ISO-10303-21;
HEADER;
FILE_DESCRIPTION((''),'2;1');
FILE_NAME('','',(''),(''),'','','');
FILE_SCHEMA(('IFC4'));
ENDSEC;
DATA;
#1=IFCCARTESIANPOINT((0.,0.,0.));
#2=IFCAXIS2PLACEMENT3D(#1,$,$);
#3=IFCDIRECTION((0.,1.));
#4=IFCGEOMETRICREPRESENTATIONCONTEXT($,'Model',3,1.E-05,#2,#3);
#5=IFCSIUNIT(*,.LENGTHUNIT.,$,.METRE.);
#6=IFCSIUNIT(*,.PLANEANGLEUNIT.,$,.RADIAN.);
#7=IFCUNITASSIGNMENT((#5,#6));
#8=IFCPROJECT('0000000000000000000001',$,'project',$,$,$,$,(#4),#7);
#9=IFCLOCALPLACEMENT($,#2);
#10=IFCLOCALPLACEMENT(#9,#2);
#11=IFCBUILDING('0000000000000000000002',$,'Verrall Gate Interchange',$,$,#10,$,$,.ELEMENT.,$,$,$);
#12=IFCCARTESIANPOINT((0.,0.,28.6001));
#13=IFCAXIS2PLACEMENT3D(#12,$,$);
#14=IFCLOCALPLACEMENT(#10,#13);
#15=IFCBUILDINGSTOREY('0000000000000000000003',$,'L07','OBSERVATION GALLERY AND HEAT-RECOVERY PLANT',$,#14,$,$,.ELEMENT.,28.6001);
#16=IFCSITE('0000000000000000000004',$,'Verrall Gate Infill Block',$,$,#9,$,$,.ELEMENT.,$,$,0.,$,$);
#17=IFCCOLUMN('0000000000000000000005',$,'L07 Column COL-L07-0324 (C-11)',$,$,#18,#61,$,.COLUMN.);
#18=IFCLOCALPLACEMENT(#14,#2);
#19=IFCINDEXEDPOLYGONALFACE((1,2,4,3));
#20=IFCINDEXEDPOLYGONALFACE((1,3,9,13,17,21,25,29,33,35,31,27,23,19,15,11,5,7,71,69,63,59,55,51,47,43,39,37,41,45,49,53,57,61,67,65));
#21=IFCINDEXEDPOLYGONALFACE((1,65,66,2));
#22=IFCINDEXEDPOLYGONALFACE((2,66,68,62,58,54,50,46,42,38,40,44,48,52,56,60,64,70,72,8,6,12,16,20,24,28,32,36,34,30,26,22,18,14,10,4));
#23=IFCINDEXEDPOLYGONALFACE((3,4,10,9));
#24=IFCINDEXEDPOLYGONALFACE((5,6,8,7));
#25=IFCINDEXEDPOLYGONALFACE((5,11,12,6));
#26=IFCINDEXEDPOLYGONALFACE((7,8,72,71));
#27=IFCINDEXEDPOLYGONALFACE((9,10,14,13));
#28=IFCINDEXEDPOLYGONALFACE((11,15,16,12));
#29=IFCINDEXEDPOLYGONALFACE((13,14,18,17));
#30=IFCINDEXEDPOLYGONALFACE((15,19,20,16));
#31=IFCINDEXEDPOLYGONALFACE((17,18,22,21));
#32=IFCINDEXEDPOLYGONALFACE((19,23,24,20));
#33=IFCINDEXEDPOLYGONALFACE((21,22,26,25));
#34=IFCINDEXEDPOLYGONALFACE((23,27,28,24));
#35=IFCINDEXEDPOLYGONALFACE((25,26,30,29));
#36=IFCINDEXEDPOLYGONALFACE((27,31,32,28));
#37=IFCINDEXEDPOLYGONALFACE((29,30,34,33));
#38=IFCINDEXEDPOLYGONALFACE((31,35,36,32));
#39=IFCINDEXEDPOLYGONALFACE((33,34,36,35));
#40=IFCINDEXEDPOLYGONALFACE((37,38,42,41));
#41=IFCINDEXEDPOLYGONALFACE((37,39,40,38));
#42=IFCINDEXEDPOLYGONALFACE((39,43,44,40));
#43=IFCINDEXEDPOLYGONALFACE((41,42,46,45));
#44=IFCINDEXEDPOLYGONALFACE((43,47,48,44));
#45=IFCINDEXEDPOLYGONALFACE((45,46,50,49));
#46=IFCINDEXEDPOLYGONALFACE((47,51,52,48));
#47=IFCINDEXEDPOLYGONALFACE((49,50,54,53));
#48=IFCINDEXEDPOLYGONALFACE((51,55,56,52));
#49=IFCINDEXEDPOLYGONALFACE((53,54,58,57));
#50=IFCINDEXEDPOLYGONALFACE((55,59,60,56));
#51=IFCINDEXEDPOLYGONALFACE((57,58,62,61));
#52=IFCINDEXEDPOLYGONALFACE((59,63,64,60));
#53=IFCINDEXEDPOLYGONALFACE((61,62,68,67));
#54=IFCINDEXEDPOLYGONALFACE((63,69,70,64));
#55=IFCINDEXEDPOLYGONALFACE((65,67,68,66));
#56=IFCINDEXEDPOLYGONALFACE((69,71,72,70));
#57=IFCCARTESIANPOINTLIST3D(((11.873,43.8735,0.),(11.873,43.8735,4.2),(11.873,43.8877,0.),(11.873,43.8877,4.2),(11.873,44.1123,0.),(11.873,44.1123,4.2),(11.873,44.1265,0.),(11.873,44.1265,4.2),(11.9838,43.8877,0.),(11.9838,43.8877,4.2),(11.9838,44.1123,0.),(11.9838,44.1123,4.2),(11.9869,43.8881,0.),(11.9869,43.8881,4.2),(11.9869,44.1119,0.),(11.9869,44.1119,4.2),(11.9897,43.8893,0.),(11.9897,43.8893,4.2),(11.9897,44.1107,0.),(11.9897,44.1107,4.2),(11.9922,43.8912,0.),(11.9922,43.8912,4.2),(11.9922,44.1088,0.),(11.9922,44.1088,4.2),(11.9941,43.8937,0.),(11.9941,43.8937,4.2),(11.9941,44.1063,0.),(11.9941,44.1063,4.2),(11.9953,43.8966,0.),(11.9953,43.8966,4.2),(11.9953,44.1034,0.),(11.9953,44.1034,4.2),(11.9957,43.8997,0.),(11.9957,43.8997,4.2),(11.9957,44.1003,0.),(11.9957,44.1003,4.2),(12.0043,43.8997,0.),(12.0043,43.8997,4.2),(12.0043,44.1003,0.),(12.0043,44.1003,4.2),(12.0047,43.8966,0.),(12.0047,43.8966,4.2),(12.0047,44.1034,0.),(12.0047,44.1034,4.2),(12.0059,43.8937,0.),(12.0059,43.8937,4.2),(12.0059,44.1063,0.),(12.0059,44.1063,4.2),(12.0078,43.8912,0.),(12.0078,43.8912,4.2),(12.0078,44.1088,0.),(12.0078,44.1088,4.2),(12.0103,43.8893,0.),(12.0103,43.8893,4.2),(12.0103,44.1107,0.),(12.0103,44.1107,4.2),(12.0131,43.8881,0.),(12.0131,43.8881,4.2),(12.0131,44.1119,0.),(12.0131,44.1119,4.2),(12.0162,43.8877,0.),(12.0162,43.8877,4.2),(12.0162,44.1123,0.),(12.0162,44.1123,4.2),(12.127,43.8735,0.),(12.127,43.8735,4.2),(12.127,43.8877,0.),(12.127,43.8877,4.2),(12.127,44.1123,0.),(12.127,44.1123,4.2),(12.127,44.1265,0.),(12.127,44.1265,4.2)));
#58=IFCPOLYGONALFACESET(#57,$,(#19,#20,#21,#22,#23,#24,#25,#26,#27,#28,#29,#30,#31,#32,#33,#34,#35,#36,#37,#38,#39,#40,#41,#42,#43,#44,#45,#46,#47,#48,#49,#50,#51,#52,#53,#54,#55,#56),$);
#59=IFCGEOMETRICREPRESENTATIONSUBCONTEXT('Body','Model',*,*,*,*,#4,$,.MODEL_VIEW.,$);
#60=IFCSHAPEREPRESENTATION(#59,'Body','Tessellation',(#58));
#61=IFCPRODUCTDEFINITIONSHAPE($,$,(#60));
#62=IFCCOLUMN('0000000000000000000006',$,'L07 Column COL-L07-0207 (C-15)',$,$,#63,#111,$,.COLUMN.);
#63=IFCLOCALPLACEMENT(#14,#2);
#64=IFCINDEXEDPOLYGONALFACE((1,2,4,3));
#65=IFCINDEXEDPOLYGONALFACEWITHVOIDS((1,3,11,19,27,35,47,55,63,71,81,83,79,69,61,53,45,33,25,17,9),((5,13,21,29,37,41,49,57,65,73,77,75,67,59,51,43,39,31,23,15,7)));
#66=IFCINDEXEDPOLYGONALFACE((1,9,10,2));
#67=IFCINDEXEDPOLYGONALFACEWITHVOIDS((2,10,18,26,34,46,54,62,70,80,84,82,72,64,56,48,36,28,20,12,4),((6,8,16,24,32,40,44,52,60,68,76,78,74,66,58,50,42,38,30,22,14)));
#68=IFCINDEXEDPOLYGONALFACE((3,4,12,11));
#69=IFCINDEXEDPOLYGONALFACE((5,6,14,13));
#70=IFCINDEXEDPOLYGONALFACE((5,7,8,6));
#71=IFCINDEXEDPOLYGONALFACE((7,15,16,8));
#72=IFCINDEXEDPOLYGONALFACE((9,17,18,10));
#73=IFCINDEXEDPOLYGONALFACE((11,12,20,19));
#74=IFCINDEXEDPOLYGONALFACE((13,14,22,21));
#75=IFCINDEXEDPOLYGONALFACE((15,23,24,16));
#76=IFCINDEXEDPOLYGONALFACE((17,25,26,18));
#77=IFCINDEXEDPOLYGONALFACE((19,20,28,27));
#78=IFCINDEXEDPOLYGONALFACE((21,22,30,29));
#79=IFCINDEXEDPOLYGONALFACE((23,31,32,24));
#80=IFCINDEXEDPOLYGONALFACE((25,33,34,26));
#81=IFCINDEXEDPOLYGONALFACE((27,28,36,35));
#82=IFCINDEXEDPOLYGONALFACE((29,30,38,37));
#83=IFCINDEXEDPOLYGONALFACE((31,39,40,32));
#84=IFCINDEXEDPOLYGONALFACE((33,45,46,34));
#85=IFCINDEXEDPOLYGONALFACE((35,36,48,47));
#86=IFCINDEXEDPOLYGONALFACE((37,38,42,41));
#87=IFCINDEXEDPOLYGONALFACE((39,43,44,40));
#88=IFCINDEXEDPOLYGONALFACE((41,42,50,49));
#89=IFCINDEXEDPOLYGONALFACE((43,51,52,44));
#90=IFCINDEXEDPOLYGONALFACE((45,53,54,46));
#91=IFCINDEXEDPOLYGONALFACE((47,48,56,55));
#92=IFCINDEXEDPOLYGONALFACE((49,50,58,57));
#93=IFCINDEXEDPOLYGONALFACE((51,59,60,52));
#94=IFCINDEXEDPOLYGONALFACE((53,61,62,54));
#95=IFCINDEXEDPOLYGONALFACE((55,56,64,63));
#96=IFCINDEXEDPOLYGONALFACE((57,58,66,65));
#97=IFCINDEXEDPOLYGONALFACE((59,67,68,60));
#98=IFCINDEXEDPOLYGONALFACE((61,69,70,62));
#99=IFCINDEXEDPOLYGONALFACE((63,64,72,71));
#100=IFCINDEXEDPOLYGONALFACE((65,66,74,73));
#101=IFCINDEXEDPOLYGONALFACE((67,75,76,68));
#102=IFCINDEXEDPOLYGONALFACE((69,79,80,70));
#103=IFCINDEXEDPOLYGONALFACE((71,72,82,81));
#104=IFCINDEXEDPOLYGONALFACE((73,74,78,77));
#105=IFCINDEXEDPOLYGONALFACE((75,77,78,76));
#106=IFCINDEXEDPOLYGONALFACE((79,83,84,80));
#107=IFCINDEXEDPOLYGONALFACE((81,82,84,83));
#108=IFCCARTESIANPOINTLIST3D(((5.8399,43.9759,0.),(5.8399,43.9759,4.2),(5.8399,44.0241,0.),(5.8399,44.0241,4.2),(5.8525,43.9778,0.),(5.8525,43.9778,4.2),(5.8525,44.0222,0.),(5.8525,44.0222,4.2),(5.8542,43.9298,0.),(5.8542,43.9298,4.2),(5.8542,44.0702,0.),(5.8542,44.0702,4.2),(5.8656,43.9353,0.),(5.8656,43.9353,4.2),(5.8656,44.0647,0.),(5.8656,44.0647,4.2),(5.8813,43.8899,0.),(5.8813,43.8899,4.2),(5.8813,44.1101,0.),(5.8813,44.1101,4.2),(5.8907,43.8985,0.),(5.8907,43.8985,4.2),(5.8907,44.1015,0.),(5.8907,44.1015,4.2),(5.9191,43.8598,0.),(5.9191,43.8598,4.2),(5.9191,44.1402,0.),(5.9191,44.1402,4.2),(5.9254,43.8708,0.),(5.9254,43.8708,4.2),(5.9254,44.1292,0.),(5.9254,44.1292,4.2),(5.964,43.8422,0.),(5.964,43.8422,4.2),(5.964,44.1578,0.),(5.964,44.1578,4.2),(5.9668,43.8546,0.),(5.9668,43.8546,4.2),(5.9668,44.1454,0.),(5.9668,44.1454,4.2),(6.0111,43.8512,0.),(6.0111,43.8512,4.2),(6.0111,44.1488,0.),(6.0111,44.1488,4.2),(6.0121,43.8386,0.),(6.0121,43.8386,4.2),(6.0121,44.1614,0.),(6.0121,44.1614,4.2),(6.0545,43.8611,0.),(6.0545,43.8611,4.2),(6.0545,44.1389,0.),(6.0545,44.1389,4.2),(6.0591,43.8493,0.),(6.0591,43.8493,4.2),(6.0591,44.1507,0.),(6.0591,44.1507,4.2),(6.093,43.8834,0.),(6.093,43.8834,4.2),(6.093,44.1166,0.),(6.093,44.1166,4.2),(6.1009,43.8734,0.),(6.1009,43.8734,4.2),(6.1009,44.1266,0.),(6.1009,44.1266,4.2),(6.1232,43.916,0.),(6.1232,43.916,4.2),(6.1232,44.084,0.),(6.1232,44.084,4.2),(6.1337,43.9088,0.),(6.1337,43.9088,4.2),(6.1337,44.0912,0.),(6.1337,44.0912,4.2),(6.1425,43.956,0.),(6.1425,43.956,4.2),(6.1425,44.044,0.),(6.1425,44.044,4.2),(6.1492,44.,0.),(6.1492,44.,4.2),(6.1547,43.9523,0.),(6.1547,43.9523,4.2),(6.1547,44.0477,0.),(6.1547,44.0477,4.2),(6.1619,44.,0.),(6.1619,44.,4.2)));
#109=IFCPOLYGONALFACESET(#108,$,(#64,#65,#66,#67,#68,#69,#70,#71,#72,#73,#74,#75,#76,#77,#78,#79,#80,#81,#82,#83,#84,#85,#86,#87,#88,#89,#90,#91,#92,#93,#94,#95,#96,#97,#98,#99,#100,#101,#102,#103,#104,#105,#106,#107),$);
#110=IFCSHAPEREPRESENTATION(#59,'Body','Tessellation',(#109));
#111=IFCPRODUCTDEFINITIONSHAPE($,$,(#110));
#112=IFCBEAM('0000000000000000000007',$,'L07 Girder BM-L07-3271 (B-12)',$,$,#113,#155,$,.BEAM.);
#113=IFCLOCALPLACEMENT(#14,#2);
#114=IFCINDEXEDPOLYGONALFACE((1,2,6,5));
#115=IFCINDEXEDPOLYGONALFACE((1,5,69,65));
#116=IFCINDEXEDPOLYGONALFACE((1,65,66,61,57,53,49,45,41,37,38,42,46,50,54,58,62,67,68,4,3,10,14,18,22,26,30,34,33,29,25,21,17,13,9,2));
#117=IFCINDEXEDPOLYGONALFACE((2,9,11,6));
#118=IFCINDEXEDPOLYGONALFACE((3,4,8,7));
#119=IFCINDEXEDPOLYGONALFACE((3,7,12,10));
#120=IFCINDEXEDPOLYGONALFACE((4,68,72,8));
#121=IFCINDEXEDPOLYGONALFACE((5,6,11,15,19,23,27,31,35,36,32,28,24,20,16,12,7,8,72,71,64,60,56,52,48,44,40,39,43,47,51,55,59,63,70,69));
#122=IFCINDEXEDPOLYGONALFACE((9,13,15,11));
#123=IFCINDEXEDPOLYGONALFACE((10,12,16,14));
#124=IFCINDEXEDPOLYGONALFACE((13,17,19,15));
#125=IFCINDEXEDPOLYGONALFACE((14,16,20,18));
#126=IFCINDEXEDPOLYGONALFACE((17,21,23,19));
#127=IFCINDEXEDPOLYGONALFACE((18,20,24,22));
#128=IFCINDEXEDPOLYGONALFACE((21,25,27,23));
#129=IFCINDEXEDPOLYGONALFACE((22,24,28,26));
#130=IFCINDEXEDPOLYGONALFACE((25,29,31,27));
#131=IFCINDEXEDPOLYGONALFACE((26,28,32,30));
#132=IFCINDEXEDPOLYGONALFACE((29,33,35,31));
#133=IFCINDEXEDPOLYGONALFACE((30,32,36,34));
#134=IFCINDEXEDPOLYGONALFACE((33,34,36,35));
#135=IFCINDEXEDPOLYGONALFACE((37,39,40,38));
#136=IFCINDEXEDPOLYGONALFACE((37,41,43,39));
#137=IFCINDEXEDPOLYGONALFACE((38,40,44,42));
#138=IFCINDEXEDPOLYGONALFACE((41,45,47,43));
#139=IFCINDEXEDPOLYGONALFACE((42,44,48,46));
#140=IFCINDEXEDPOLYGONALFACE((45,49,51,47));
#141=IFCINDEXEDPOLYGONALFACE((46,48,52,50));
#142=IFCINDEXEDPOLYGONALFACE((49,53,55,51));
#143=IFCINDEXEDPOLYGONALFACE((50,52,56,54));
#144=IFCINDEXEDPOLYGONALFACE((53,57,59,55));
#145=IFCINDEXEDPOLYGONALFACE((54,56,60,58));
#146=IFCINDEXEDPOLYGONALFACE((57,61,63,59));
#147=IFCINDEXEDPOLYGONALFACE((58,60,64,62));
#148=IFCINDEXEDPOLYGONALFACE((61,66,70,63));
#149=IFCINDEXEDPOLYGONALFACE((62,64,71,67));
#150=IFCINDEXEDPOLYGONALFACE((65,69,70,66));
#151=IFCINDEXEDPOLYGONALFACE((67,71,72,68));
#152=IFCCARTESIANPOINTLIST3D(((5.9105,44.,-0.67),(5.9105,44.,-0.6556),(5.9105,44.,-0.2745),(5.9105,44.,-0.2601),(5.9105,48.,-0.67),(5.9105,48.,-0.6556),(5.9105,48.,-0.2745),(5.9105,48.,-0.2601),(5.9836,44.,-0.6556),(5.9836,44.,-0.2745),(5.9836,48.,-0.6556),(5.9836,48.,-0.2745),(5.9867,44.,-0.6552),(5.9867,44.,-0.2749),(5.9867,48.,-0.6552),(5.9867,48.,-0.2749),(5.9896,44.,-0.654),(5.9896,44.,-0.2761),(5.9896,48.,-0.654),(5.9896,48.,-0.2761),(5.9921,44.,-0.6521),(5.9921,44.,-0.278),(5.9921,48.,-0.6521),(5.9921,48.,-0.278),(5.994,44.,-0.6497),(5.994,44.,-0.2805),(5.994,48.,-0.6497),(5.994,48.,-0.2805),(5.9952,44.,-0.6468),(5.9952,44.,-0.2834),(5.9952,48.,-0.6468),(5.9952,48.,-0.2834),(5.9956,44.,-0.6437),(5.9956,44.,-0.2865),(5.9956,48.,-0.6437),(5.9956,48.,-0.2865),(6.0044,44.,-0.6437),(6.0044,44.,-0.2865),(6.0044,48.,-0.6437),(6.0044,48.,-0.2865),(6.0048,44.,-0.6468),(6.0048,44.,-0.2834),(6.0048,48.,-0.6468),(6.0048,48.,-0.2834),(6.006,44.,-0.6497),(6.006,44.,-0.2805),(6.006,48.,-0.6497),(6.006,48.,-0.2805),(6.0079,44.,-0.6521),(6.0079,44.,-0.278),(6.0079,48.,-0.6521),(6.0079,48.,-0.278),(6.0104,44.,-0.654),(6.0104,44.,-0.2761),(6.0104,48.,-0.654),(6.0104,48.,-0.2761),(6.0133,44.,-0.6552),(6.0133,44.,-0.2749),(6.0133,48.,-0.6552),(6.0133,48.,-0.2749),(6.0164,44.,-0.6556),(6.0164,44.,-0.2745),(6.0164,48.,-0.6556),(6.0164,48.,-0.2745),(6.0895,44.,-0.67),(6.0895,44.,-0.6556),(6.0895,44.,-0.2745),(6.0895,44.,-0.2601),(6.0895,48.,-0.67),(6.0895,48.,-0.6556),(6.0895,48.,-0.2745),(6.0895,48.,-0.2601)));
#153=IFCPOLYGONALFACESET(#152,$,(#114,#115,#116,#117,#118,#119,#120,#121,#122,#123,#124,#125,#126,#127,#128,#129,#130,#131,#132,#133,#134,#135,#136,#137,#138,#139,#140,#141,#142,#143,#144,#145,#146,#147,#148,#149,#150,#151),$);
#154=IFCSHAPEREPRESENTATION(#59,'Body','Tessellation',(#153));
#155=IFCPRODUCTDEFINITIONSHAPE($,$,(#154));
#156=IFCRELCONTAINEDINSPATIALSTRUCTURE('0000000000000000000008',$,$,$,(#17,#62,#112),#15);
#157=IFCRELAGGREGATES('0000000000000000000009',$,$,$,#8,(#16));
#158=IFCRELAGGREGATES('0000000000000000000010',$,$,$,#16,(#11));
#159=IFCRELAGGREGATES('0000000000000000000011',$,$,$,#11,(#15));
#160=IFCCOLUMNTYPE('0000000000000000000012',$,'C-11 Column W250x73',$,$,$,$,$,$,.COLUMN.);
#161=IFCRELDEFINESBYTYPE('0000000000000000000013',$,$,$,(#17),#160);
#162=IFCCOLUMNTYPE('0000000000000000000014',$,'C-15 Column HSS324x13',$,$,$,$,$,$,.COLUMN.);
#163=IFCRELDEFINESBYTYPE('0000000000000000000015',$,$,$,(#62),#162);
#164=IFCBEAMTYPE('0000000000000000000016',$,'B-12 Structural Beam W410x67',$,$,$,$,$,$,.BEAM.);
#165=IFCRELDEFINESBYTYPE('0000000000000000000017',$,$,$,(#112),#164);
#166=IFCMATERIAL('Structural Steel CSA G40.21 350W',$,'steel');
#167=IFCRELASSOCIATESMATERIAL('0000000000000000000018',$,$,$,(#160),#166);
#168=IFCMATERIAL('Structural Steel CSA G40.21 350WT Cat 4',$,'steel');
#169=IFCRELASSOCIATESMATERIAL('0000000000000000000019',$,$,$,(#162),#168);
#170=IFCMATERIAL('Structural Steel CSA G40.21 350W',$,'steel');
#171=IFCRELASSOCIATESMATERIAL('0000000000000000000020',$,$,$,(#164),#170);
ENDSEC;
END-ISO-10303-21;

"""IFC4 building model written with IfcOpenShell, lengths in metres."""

from ifc_helpers import new_model, si_unit, direction, frame, origin, origin_2d, place, context, subcontext, project, spatial, hollow_circle, i_section, extrude, material, material_profile, profile_set, type_object, element, save


model = new_model("IFC4")

# Units and contexts
model_context = context("Model", 3, precision=1e-05, world=origin(), true_north=direction((0.0, 1.0)))
body_context = subcontext(model_context, "Body", "Model", "MODEL_VIEW")
ifc_project = project(units=[si_unit("LENGTHUNIT", "METRE"), si_unit("PLANEANGLEUNIT", "RADIAN")], contexts=[model_context])

# Site, building, storey
site_placement = place(None, origin())
site = spatial("IfcSite", under=ifc_project, at=site_placement, Name="Verrall Gate Infill Block", CompositionType="ELEMENT", RefElevation=0.0)
building_placement = place(site_placement, origin())
building = spatial("IfcBuilding", under=site, at=building_placement, Name="Verrall Gate Interchange", CompositionType="ELEMENT")
storey_placement = place(building_placement, frame((0.0, 0.0, 28.6001)))
storey = spatial("IfcBuildingStorey", under=building, at=storey_placement, Name="L07", Description="OBSERVATION GALLERY AND HEAT-RECOVERY PLANT", CompositionType="ELEMENT", Elevation=28.6001)

# Columns
ifc_material_1 = material(Name="Structural Steel CSA G40.21 350W", Category="steel")
ifc_material_profile_1 = material_profile(ifc_material_1, i_section(OverallWidth=0.2539, OverallDepth=0.2529, WebThickness=0.0085, FlangeThickness=0.0142, FilletRadius=0.012, at=origin_2d()), Name="W250x73")
ifc_profile_set_1 = profile_set([ifc_material_profile_1], Name="Structural Steel CSA G40.21 350W")
column_type_1 = type_object("IfcColumnType", Name="C-11 Column W250x73", PredefinedType="COLUMN", material=ifc_profile_set_1)
column_1_placement = place(storey_placement, frame((12.0, 44.0, 0.0), z_axis=(0.0, 0.0, 1.0), x_axis=(1.0, 0.0, 0.0)))
element("IfcColumn", 1, at=column_1_placement, inside=storey, type_object=column_type_1, Name="L07 Column COL-L07-0324 (C-11)", PredefinedType="COLUMN", context=body_context, shape_type="SweptSolid", body=[
    extrude(i_section(OverallWidth=0.2539, OverallDepth=0.2529, WebThickness=0.0085, FlangeThickness=0.0142, FilletRadius=0.012, at=origin_2d()), origin(), (0.0, 0.0, 1.0), 4.2),
])
ifc_material_2 = material(Name="Structural Steel CSA G40.21 350WT Cat 4", Category="steel")
ifc_material_profile_2 = material_profile(ifc_material_2, hollow_circle(Radius=0.1619, WallThickness=0.0127, at=origin_2d()), Name="HSS324x13")
ifc_profile_set_2 = profile_set([ifc_material_profile_2], Name="Structural Steel CSA G40.21 350WT Cat 4")
column_type_2 = type_object("IfcColumnType", Name="C-15 Column HSS324x13", PredefinedType="COLUMN", material=ifc_profile_set_2)
column_2_placement = place(storey_placement, frame((6.0, 44.0, 0.0), z_axis=(0.0, 0.0, 1.0), x_axis=(1.0, 0.0, 0.0)))
element("IfcColumn", 2, at=column_2_placement, inside=storey, type_object=column_type_2, Name="L07 Column COL-L07-0207 (C-15)", PredefinedType="COLUMN", context=body_context, shape_type="SweptSolid", body=[
    extrude(hollow_circle(Radius=0.1619, WallThickness=0.0127, at=origin_2d()), origin(), (0.0, 0.0, 1.0), 4.2),
])

# Beam
ifc_material_3 = material(Name="Structural Steel CSA G40.21 350W", Category="steel")
ifc_material_profile_3 = material_profile(ifc_material_3, i_section(OverallWidth=0.179, OverallDepth=0.4099, WebThickness=0.0088, FlangeThickness=0.0144, FilletRadius=0.012, at=origin_2d()), Name="W410x67")
ifc_profile_set_3 = profile_set([ifc_material_profile_3], Name="Structural Steel CSA G40.21 350W")
beam_type_1 = type_object("IfcBeamType", Name="B-12 Structural Beam W410x67", PredefinedType="BEAM", material=ifc_profile_set_3)
beam_1_placement = place(storey_placement, frame((6.0, 44.0, -0.4651), z_axis=(0.0, 1.0, 0.0), x_axis=(-1.0, 0.0, 0.0)))
element("IfcBeam", 3, at=beam_1_placement, inside=storey, type_object=beam_type_1, Name="L07 Girder BM-L07-3271 (B-12)", PredefinedType="BEAM", context=body_context, shape_type="SweptSolid", body=[
    extrude(i_section(OverallWidth=0.179, OverallDepth=0.4099, WebThickness=0.0088, FlangeThickness=0.0144, FilletRadius=0.012, at=origin_2d()), origin(), (0.0, 0.0, 1.0), 4.0),
])

save(model, "model.ifc")
